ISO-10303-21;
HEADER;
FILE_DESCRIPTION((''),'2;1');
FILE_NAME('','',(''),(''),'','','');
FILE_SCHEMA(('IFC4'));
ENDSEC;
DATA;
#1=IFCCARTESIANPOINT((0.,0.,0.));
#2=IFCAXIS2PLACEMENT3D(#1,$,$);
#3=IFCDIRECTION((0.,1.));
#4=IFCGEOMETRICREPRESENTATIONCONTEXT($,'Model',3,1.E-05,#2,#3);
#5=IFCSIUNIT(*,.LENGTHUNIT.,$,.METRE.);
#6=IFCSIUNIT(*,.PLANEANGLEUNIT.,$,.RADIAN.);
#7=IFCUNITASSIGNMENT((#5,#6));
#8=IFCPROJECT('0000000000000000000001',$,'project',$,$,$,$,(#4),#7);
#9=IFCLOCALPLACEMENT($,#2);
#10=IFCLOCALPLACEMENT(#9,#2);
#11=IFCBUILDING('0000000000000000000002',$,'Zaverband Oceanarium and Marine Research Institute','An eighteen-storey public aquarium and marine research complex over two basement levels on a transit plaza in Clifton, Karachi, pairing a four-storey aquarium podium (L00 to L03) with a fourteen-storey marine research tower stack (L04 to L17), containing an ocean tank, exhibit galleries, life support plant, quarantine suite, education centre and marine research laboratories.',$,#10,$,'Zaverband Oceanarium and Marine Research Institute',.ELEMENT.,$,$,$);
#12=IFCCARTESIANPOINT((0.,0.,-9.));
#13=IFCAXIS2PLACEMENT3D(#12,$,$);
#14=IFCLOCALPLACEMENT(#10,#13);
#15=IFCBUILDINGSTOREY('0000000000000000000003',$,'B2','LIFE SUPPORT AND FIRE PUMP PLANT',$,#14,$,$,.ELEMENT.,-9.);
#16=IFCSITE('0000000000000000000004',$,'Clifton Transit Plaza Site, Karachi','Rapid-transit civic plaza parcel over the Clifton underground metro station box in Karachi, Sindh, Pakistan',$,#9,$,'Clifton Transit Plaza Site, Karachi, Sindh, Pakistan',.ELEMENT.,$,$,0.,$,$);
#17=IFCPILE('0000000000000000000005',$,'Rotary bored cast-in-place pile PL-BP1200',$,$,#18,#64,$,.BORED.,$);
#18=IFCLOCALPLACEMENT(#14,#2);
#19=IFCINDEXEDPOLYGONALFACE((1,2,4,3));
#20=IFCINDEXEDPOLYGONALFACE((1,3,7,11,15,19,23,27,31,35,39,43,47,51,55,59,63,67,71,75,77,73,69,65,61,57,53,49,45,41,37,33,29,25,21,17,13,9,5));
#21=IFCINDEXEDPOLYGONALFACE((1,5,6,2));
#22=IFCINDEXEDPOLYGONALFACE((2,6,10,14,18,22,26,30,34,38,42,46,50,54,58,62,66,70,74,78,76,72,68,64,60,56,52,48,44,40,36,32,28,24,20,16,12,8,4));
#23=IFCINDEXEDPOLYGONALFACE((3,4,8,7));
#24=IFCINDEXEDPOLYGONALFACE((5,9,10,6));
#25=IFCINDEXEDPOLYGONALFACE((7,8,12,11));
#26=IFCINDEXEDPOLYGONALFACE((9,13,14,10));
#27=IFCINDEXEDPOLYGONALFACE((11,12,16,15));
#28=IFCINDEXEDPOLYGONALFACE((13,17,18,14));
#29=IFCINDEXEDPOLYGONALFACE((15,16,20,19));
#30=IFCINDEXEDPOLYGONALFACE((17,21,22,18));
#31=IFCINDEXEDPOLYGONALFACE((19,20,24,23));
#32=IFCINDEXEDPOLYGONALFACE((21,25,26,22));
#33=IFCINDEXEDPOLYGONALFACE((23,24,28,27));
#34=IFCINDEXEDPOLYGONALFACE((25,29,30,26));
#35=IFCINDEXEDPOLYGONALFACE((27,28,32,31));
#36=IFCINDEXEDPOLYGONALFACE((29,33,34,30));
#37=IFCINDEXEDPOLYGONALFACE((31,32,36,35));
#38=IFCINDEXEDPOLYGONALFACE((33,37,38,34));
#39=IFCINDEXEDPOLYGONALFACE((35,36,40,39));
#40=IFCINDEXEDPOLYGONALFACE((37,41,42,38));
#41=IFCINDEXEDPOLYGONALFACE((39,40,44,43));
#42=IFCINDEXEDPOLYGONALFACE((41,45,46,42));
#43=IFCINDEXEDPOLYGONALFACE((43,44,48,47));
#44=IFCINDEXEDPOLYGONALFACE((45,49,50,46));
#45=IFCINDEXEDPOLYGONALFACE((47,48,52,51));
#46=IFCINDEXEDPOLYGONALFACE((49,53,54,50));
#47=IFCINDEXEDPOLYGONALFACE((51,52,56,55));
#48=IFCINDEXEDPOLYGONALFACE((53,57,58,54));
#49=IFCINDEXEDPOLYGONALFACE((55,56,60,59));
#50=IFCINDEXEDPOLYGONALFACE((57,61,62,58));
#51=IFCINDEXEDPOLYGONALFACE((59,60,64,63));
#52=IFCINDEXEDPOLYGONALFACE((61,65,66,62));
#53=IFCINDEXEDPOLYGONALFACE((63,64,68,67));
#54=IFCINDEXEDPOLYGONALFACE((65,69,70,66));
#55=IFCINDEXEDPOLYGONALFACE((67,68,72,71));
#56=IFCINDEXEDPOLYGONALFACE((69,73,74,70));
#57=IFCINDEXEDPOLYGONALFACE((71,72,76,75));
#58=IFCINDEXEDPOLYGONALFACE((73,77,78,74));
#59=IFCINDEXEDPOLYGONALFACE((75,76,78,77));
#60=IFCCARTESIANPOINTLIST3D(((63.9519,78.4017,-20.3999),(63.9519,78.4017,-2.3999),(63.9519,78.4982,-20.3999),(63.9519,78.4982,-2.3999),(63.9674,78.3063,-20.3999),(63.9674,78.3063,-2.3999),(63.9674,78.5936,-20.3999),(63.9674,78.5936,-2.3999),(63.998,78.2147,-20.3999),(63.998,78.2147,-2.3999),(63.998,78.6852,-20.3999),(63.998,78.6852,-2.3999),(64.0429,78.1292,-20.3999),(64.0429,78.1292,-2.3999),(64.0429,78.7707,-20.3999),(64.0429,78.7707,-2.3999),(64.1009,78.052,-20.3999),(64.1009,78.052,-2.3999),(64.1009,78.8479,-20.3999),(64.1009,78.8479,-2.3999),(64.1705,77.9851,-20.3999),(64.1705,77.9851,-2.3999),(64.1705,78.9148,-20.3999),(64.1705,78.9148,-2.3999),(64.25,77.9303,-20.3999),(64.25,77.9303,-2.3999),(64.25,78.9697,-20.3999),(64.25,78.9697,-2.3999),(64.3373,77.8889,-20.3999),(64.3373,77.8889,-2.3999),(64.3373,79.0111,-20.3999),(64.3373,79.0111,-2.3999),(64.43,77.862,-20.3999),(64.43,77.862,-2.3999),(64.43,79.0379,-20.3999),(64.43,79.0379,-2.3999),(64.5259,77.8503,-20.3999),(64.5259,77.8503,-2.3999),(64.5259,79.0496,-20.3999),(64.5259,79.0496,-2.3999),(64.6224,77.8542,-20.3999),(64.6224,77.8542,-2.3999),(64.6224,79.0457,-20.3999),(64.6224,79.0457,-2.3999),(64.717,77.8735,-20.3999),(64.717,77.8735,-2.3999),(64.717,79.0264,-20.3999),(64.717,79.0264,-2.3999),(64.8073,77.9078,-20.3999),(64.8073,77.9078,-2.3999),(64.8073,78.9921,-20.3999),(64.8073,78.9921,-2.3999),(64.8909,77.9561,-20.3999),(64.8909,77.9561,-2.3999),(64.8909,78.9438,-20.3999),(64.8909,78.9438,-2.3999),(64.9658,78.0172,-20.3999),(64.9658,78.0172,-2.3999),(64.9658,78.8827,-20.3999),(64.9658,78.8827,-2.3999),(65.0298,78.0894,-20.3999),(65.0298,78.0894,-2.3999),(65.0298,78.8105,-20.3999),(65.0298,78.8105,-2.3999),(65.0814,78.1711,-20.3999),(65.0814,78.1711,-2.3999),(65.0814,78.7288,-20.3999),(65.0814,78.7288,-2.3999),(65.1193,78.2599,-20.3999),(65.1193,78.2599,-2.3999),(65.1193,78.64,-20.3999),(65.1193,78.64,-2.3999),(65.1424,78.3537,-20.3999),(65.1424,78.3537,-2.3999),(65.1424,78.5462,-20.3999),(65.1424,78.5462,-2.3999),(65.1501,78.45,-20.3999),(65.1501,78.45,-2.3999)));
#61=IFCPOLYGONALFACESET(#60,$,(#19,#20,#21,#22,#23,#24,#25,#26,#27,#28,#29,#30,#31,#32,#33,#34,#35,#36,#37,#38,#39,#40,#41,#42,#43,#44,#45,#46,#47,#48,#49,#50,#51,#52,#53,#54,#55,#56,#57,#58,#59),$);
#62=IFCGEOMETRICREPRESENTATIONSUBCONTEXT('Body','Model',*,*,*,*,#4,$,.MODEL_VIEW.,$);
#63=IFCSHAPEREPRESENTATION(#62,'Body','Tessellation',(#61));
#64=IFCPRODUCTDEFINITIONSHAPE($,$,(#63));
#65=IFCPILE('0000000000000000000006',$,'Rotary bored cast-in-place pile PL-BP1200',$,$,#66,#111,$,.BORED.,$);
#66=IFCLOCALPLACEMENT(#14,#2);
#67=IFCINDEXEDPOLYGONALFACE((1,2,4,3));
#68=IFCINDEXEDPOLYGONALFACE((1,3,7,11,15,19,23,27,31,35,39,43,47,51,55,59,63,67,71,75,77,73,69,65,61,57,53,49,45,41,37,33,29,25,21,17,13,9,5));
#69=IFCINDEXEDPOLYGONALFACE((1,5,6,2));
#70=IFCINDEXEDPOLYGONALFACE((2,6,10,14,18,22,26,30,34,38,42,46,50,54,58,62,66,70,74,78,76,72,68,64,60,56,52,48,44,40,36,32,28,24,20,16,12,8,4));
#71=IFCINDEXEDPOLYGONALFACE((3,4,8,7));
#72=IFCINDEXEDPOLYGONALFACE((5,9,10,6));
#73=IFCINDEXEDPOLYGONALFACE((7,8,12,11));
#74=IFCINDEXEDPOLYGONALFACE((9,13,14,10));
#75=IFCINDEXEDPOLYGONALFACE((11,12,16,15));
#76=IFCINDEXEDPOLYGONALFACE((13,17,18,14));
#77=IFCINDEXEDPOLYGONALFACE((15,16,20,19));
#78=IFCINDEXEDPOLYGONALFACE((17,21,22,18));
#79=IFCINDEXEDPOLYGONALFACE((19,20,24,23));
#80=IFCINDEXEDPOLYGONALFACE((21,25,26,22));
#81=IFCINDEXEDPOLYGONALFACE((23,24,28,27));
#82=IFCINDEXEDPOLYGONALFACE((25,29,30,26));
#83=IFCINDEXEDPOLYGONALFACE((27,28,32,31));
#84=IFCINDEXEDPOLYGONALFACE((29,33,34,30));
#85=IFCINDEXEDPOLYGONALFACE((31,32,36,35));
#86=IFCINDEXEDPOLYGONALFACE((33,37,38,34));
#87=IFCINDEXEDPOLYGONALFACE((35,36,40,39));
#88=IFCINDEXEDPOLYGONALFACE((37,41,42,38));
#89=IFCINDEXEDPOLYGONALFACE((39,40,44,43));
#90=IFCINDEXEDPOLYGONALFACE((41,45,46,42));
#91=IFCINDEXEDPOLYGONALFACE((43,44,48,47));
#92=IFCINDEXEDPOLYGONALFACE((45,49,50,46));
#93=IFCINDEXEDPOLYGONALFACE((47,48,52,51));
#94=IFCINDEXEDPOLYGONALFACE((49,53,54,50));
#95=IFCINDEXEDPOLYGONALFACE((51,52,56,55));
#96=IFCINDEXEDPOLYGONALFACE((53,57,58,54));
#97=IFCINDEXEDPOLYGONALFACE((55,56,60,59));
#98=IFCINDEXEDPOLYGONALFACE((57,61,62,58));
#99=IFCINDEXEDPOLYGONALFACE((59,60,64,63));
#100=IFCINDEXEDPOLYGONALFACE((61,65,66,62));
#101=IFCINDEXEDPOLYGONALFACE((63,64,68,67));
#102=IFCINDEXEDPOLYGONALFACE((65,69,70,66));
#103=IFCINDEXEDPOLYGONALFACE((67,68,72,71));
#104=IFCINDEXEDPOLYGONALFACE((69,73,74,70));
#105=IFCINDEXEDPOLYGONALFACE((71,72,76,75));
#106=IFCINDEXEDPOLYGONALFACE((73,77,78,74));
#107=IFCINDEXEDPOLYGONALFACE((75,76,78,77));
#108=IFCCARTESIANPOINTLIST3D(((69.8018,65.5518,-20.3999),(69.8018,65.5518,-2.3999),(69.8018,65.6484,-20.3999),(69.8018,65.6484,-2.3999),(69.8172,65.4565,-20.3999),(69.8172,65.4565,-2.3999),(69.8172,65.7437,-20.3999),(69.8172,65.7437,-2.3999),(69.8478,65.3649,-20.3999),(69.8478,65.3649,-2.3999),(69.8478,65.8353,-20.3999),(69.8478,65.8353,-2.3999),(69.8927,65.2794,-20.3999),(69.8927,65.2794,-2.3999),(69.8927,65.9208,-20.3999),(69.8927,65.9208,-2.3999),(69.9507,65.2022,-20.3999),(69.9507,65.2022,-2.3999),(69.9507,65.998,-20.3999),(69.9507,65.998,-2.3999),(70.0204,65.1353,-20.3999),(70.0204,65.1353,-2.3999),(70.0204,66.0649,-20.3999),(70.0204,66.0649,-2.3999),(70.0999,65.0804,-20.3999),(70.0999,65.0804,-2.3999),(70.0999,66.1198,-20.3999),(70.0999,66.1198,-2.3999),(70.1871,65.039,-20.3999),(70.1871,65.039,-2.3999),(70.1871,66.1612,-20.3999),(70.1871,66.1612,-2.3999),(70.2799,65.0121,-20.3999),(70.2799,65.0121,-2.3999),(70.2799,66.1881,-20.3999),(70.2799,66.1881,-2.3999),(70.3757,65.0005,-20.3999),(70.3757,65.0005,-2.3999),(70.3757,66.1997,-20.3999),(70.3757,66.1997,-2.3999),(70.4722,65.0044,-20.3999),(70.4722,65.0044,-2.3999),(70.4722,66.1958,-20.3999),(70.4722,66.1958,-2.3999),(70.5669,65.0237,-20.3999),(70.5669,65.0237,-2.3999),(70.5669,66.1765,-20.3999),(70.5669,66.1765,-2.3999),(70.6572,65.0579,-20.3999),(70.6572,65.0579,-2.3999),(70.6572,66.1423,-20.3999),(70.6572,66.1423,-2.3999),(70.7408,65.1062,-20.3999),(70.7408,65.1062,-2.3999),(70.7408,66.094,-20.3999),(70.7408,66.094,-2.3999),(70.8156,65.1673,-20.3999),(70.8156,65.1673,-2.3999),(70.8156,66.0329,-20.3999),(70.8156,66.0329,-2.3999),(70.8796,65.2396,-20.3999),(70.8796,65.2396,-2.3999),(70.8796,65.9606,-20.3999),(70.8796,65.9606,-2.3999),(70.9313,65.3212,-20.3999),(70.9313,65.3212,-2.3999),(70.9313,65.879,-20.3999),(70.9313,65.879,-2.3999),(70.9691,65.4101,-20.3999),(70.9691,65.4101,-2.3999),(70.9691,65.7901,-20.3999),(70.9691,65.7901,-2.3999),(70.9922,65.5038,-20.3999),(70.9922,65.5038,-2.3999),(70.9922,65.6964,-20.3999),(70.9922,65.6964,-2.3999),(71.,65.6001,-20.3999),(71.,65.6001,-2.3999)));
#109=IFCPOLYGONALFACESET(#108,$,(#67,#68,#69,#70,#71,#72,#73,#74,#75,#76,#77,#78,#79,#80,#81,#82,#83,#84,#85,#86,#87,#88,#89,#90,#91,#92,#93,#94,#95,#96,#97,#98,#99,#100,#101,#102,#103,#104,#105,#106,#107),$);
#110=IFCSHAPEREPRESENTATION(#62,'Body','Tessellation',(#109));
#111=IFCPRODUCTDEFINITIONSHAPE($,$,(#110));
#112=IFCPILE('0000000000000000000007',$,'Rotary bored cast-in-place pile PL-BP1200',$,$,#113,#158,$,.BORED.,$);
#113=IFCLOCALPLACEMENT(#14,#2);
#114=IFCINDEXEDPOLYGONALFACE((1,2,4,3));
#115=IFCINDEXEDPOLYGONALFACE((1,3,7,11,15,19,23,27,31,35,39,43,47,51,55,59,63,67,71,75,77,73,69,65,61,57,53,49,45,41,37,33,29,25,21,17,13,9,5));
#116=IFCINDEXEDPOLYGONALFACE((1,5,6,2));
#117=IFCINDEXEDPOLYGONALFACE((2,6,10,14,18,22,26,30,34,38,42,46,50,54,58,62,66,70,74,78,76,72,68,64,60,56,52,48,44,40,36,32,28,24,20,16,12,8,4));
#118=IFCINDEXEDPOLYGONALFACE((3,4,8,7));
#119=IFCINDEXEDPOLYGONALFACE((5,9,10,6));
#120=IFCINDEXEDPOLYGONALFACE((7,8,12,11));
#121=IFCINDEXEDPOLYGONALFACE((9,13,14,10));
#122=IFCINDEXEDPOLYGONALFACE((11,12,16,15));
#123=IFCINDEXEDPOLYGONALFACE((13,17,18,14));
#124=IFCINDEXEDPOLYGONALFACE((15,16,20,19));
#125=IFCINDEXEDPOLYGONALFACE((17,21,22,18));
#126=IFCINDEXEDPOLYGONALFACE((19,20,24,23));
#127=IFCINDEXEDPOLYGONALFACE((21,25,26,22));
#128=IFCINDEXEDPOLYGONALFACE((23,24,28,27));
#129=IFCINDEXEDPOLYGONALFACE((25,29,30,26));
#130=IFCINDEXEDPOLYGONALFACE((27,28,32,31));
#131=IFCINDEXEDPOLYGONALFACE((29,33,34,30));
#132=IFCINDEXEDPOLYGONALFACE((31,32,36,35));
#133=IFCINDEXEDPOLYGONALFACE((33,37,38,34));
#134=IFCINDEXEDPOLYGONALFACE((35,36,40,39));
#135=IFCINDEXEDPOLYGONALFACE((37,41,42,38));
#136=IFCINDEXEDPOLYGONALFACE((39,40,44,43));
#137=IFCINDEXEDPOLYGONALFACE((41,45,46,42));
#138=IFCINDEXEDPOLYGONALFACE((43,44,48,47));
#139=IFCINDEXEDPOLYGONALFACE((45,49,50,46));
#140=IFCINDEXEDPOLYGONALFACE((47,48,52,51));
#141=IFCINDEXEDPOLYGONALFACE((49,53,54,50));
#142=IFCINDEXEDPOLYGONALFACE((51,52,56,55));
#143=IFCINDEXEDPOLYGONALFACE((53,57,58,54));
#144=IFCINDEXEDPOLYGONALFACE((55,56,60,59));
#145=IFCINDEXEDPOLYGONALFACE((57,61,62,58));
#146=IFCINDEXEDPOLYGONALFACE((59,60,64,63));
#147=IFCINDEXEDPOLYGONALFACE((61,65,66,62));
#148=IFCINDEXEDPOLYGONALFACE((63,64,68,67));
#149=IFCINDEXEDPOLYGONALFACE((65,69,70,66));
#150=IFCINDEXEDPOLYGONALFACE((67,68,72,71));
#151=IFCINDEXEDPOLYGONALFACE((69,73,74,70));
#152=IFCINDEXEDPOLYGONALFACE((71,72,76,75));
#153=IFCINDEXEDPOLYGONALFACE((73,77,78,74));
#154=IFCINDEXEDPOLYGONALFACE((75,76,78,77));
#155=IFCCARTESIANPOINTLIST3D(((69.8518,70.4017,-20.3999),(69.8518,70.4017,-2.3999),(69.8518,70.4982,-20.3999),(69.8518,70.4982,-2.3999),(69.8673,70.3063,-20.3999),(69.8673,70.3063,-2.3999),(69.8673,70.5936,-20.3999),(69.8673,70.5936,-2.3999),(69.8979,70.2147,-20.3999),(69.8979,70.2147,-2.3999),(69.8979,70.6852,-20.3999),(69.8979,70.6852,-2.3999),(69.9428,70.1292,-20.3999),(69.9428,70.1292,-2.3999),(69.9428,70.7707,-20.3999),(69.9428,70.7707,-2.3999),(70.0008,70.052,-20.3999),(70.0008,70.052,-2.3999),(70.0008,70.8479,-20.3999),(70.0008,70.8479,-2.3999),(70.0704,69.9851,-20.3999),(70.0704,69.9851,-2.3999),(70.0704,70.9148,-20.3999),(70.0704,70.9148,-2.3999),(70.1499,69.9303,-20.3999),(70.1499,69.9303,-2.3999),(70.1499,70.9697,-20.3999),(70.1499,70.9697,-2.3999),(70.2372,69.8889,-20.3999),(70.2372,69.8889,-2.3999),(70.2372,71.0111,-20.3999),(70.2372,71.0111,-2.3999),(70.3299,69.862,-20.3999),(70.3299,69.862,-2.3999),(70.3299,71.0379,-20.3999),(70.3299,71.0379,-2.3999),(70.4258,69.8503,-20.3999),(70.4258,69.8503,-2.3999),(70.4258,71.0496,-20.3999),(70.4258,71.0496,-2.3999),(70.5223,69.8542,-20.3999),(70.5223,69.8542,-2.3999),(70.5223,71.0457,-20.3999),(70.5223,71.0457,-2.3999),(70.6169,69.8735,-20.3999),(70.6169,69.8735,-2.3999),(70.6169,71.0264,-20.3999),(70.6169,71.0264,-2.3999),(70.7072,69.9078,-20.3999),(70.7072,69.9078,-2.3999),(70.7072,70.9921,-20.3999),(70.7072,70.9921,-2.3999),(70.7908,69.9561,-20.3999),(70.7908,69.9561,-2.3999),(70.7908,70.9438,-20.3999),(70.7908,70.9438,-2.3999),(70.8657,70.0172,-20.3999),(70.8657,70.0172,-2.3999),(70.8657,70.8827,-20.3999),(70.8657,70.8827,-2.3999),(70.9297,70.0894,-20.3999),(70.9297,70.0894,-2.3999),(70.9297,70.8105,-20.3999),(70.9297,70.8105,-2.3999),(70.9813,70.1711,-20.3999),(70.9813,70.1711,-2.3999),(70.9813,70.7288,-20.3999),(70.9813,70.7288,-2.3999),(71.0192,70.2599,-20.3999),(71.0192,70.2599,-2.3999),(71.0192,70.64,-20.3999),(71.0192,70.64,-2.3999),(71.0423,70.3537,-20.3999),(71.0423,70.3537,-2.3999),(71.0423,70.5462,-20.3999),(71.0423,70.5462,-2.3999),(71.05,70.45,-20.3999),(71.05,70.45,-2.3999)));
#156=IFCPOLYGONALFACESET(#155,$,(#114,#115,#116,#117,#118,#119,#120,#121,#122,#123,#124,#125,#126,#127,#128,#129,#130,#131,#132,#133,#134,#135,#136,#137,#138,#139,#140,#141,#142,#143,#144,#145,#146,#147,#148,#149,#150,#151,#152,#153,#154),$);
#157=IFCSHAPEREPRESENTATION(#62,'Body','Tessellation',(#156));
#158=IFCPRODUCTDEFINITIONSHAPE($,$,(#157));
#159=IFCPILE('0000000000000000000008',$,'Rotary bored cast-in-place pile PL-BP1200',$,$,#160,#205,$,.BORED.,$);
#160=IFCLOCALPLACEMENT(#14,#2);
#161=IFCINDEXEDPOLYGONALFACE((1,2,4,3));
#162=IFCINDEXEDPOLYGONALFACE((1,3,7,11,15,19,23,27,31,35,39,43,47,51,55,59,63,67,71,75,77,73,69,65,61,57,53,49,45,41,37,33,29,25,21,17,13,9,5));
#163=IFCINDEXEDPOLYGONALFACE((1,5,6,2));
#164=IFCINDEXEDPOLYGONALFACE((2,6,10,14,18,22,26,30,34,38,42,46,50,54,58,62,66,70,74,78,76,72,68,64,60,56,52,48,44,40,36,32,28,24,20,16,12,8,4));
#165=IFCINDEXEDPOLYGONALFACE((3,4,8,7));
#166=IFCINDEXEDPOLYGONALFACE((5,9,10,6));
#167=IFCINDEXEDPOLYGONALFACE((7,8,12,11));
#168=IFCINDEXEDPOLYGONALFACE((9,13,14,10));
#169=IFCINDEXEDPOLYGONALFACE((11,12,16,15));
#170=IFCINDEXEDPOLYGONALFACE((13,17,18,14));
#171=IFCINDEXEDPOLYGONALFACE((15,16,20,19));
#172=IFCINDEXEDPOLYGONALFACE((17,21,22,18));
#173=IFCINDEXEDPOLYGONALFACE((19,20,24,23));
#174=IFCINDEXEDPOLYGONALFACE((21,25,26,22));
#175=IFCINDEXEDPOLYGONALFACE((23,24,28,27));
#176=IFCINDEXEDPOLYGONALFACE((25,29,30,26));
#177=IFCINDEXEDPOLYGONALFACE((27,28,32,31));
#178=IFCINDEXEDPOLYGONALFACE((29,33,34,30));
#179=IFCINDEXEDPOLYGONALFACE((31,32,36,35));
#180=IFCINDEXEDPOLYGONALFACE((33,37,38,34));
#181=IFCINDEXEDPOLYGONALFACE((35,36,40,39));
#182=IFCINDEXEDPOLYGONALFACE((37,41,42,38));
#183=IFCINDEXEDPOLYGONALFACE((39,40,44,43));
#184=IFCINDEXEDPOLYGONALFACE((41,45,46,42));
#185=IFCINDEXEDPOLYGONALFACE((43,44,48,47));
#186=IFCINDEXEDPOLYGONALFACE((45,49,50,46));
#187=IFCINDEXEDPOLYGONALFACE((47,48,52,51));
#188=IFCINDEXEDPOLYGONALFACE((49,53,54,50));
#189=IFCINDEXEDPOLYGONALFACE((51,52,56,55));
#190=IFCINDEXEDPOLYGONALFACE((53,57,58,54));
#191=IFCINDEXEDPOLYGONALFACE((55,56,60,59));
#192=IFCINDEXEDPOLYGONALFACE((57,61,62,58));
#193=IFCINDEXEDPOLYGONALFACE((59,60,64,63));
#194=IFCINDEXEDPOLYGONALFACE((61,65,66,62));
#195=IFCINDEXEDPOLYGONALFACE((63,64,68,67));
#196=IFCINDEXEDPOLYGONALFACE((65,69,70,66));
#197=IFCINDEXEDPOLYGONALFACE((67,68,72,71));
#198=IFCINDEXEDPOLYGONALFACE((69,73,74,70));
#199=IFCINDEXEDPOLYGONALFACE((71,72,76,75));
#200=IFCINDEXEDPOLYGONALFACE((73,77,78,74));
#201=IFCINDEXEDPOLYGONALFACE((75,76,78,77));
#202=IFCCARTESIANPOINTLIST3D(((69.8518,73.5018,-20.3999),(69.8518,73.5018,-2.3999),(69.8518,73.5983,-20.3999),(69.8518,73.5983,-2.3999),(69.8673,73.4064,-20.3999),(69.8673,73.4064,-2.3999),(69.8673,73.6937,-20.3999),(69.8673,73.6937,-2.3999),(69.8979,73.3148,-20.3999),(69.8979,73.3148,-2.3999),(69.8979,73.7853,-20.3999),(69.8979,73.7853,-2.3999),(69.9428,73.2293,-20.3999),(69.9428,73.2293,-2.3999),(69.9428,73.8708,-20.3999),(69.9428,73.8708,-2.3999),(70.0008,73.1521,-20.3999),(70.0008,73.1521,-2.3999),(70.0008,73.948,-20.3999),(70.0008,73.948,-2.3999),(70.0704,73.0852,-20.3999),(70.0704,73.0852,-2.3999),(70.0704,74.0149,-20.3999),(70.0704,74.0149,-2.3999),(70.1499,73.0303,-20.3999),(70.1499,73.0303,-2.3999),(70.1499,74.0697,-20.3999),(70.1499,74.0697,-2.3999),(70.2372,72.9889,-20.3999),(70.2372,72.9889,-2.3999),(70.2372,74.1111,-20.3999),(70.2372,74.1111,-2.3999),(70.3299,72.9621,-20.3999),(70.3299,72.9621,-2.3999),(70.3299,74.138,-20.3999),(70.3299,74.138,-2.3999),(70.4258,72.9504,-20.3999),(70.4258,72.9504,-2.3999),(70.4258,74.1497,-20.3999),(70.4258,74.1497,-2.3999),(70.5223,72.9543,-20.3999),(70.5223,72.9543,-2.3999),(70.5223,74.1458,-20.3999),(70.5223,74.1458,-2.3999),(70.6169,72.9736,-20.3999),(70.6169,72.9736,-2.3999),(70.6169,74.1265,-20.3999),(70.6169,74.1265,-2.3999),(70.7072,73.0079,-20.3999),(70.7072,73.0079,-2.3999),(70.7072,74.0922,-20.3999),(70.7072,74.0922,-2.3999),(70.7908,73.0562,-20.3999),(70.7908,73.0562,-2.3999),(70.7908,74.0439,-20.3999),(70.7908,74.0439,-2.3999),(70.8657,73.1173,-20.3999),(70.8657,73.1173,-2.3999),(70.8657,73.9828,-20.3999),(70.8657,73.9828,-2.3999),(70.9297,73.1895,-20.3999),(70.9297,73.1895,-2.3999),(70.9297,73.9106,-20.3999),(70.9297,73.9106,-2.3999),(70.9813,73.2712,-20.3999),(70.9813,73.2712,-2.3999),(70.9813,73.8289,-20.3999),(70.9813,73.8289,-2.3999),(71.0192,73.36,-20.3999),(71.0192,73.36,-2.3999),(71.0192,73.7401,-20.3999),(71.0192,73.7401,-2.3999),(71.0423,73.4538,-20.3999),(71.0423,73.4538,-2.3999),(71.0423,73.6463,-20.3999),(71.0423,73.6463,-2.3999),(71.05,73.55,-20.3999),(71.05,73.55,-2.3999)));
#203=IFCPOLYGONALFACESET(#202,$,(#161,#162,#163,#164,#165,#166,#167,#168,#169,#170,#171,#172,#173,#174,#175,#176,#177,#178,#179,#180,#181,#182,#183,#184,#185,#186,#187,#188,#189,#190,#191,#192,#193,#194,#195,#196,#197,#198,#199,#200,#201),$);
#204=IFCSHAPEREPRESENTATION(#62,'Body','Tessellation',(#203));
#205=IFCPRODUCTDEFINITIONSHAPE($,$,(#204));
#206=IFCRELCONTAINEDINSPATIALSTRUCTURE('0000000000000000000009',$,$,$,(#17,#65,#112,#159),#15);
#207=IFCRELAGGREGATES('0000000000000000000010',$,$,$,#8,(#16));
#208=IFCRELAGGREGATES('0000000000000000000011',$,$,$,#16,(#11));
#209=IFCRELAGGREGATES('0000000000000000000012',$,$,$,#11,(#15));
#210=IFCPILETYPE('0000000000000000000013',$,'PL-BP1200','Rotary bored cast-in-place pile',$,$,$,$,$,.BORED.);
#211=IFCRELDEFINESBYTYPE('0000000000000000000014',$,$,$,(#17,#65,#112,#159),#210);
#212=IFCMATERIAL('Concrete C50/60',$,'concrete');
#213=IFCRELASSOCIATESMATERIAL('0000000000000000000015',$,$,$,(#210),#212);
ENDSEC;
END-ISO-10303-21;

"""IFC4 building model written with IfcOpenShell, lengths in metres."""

from ifc_helpers import new_model, si_unit, direction, frame, origin, origin_2d, place, context, subcontext, project, spatial, circle, extrude, material, material_profile, profile_set, type_object, element, save


model = new_model("IFC4")

# Units and contexts
model_context = context("Model", 3, precision=1e-05, world=origin(), true_north=direction((0.0, 1.0)))
body_context = subcontext(model_context, "Body", "Model", "MODEL_VIEW")
ifc_project = project(units=[si_unit("LENGTHUNIT", "METRE"), si_unit("PLANEANGLEUNIT", "RADIAN")], contexts=[model_context])

# Site, building, storey
site_placement = place(None, origin())
site = spatial("IfcSite", under=ifc_project, at=site_placement, Name="Clifton Transit Plaza Site, Karachi", Description="Rapid-transit civic plaza parcel over the Clifton underground metro station box in Karachi, Sindh, Pakistan", LongName="Clifton Transit Plaza Site, Karachi, Sindh, Pakistan", CompositionType="ELEMENT", RefElevation=0.0)
building_placement = place(site_placement, origin())
building = spatial("IfcBuilding", under=site, at=building_placement, Name="Zaverband Oceanarium and Marine Research Institute", Description="An eighteen-storey public aquarium and marine research complex over two basement levels on a transit plaza in Clifton, Karachi, pairing a four-storey aquarium podium (L00 to L03) with a fourteen-storey marine research tower stack (L04 to L17), containing an ocean tank, exhibit galleries, life support plant, quarantine suite, education centre and marine research laboratories.", LongName="Zaverband Oceanarium and Marine Research Institute", CompositionType="ELEMENT")
storey_placement = place(building_placement, frame((0.0, 0.0, -9.0)))
storey = spatial("IfcBuildingStorey", under=building, at=storey_placement, Name="B2", Description="LIFE SUPPORT AND FIRE PUMP PLANT", CompositionType="ELEMENT", Elevation=-9.0)

# Shared definitions
ifc_material_1 = material(Name="Concrete C50/60", Category="concrete")

# Piles
ifc_material_profile_1 = material_profile(ifc_material_1, circle(Radius=0.6001, at=origin_2d()), Name="BP1200")
ifc_profile_set_1 = profile_set([ifc_material_profile_1], Name="Concrete C50/60")
pile_type = type_object("IfcPileType", Name="PL-BP1200", Description="Rotary bored cast-in-place pile", PredefinedType="BORED", material=ifc_profile_set_1)
for number, where, z_axis, x_axis, name in (
    (1, (64.55, 78.45, -2.3999), (0.0, 0.0, -1.0), (1.0, 0.0, 0.0), "Rotary bored cast-in-place pile PL-BP1200"),
    (2, (70.3999, 65.6001, -2.3999), (0.0, 0.0, -1.0), (1.0, 0.0, 0.0), "Rotary bored cast-in-place pile PL-BP1200"),
    (3, (70.45, 70.45, -2.3999), (0.0, 0.0, -1.0), (1.0, 0.0, 0.0), "Rotary bored cast-in-place pile PL-BP1200"),
    (4, (70.45, 73.55, -2.3999), (0.0, 0.0, -1.0), (1.0, 0.0, 0.0), "Rotary bored cast-in-place pile PL-BP1200"),
):
    element("IfcPile", number, at=place(storey_placement, frame(where, z_axis=z_axis, x_axis=x_axis)), inside=storey, type_object=pile_type, Name=name, PredefinedType="BORED", context=body_context, shape_type="SweptSolid", body=[
        extrude(circle(Radius=0.6001, at=origin_2d()), origin(), (0.0, 0.0, 1.0), 18.0),
    ])

save(model, "model.ifc")
